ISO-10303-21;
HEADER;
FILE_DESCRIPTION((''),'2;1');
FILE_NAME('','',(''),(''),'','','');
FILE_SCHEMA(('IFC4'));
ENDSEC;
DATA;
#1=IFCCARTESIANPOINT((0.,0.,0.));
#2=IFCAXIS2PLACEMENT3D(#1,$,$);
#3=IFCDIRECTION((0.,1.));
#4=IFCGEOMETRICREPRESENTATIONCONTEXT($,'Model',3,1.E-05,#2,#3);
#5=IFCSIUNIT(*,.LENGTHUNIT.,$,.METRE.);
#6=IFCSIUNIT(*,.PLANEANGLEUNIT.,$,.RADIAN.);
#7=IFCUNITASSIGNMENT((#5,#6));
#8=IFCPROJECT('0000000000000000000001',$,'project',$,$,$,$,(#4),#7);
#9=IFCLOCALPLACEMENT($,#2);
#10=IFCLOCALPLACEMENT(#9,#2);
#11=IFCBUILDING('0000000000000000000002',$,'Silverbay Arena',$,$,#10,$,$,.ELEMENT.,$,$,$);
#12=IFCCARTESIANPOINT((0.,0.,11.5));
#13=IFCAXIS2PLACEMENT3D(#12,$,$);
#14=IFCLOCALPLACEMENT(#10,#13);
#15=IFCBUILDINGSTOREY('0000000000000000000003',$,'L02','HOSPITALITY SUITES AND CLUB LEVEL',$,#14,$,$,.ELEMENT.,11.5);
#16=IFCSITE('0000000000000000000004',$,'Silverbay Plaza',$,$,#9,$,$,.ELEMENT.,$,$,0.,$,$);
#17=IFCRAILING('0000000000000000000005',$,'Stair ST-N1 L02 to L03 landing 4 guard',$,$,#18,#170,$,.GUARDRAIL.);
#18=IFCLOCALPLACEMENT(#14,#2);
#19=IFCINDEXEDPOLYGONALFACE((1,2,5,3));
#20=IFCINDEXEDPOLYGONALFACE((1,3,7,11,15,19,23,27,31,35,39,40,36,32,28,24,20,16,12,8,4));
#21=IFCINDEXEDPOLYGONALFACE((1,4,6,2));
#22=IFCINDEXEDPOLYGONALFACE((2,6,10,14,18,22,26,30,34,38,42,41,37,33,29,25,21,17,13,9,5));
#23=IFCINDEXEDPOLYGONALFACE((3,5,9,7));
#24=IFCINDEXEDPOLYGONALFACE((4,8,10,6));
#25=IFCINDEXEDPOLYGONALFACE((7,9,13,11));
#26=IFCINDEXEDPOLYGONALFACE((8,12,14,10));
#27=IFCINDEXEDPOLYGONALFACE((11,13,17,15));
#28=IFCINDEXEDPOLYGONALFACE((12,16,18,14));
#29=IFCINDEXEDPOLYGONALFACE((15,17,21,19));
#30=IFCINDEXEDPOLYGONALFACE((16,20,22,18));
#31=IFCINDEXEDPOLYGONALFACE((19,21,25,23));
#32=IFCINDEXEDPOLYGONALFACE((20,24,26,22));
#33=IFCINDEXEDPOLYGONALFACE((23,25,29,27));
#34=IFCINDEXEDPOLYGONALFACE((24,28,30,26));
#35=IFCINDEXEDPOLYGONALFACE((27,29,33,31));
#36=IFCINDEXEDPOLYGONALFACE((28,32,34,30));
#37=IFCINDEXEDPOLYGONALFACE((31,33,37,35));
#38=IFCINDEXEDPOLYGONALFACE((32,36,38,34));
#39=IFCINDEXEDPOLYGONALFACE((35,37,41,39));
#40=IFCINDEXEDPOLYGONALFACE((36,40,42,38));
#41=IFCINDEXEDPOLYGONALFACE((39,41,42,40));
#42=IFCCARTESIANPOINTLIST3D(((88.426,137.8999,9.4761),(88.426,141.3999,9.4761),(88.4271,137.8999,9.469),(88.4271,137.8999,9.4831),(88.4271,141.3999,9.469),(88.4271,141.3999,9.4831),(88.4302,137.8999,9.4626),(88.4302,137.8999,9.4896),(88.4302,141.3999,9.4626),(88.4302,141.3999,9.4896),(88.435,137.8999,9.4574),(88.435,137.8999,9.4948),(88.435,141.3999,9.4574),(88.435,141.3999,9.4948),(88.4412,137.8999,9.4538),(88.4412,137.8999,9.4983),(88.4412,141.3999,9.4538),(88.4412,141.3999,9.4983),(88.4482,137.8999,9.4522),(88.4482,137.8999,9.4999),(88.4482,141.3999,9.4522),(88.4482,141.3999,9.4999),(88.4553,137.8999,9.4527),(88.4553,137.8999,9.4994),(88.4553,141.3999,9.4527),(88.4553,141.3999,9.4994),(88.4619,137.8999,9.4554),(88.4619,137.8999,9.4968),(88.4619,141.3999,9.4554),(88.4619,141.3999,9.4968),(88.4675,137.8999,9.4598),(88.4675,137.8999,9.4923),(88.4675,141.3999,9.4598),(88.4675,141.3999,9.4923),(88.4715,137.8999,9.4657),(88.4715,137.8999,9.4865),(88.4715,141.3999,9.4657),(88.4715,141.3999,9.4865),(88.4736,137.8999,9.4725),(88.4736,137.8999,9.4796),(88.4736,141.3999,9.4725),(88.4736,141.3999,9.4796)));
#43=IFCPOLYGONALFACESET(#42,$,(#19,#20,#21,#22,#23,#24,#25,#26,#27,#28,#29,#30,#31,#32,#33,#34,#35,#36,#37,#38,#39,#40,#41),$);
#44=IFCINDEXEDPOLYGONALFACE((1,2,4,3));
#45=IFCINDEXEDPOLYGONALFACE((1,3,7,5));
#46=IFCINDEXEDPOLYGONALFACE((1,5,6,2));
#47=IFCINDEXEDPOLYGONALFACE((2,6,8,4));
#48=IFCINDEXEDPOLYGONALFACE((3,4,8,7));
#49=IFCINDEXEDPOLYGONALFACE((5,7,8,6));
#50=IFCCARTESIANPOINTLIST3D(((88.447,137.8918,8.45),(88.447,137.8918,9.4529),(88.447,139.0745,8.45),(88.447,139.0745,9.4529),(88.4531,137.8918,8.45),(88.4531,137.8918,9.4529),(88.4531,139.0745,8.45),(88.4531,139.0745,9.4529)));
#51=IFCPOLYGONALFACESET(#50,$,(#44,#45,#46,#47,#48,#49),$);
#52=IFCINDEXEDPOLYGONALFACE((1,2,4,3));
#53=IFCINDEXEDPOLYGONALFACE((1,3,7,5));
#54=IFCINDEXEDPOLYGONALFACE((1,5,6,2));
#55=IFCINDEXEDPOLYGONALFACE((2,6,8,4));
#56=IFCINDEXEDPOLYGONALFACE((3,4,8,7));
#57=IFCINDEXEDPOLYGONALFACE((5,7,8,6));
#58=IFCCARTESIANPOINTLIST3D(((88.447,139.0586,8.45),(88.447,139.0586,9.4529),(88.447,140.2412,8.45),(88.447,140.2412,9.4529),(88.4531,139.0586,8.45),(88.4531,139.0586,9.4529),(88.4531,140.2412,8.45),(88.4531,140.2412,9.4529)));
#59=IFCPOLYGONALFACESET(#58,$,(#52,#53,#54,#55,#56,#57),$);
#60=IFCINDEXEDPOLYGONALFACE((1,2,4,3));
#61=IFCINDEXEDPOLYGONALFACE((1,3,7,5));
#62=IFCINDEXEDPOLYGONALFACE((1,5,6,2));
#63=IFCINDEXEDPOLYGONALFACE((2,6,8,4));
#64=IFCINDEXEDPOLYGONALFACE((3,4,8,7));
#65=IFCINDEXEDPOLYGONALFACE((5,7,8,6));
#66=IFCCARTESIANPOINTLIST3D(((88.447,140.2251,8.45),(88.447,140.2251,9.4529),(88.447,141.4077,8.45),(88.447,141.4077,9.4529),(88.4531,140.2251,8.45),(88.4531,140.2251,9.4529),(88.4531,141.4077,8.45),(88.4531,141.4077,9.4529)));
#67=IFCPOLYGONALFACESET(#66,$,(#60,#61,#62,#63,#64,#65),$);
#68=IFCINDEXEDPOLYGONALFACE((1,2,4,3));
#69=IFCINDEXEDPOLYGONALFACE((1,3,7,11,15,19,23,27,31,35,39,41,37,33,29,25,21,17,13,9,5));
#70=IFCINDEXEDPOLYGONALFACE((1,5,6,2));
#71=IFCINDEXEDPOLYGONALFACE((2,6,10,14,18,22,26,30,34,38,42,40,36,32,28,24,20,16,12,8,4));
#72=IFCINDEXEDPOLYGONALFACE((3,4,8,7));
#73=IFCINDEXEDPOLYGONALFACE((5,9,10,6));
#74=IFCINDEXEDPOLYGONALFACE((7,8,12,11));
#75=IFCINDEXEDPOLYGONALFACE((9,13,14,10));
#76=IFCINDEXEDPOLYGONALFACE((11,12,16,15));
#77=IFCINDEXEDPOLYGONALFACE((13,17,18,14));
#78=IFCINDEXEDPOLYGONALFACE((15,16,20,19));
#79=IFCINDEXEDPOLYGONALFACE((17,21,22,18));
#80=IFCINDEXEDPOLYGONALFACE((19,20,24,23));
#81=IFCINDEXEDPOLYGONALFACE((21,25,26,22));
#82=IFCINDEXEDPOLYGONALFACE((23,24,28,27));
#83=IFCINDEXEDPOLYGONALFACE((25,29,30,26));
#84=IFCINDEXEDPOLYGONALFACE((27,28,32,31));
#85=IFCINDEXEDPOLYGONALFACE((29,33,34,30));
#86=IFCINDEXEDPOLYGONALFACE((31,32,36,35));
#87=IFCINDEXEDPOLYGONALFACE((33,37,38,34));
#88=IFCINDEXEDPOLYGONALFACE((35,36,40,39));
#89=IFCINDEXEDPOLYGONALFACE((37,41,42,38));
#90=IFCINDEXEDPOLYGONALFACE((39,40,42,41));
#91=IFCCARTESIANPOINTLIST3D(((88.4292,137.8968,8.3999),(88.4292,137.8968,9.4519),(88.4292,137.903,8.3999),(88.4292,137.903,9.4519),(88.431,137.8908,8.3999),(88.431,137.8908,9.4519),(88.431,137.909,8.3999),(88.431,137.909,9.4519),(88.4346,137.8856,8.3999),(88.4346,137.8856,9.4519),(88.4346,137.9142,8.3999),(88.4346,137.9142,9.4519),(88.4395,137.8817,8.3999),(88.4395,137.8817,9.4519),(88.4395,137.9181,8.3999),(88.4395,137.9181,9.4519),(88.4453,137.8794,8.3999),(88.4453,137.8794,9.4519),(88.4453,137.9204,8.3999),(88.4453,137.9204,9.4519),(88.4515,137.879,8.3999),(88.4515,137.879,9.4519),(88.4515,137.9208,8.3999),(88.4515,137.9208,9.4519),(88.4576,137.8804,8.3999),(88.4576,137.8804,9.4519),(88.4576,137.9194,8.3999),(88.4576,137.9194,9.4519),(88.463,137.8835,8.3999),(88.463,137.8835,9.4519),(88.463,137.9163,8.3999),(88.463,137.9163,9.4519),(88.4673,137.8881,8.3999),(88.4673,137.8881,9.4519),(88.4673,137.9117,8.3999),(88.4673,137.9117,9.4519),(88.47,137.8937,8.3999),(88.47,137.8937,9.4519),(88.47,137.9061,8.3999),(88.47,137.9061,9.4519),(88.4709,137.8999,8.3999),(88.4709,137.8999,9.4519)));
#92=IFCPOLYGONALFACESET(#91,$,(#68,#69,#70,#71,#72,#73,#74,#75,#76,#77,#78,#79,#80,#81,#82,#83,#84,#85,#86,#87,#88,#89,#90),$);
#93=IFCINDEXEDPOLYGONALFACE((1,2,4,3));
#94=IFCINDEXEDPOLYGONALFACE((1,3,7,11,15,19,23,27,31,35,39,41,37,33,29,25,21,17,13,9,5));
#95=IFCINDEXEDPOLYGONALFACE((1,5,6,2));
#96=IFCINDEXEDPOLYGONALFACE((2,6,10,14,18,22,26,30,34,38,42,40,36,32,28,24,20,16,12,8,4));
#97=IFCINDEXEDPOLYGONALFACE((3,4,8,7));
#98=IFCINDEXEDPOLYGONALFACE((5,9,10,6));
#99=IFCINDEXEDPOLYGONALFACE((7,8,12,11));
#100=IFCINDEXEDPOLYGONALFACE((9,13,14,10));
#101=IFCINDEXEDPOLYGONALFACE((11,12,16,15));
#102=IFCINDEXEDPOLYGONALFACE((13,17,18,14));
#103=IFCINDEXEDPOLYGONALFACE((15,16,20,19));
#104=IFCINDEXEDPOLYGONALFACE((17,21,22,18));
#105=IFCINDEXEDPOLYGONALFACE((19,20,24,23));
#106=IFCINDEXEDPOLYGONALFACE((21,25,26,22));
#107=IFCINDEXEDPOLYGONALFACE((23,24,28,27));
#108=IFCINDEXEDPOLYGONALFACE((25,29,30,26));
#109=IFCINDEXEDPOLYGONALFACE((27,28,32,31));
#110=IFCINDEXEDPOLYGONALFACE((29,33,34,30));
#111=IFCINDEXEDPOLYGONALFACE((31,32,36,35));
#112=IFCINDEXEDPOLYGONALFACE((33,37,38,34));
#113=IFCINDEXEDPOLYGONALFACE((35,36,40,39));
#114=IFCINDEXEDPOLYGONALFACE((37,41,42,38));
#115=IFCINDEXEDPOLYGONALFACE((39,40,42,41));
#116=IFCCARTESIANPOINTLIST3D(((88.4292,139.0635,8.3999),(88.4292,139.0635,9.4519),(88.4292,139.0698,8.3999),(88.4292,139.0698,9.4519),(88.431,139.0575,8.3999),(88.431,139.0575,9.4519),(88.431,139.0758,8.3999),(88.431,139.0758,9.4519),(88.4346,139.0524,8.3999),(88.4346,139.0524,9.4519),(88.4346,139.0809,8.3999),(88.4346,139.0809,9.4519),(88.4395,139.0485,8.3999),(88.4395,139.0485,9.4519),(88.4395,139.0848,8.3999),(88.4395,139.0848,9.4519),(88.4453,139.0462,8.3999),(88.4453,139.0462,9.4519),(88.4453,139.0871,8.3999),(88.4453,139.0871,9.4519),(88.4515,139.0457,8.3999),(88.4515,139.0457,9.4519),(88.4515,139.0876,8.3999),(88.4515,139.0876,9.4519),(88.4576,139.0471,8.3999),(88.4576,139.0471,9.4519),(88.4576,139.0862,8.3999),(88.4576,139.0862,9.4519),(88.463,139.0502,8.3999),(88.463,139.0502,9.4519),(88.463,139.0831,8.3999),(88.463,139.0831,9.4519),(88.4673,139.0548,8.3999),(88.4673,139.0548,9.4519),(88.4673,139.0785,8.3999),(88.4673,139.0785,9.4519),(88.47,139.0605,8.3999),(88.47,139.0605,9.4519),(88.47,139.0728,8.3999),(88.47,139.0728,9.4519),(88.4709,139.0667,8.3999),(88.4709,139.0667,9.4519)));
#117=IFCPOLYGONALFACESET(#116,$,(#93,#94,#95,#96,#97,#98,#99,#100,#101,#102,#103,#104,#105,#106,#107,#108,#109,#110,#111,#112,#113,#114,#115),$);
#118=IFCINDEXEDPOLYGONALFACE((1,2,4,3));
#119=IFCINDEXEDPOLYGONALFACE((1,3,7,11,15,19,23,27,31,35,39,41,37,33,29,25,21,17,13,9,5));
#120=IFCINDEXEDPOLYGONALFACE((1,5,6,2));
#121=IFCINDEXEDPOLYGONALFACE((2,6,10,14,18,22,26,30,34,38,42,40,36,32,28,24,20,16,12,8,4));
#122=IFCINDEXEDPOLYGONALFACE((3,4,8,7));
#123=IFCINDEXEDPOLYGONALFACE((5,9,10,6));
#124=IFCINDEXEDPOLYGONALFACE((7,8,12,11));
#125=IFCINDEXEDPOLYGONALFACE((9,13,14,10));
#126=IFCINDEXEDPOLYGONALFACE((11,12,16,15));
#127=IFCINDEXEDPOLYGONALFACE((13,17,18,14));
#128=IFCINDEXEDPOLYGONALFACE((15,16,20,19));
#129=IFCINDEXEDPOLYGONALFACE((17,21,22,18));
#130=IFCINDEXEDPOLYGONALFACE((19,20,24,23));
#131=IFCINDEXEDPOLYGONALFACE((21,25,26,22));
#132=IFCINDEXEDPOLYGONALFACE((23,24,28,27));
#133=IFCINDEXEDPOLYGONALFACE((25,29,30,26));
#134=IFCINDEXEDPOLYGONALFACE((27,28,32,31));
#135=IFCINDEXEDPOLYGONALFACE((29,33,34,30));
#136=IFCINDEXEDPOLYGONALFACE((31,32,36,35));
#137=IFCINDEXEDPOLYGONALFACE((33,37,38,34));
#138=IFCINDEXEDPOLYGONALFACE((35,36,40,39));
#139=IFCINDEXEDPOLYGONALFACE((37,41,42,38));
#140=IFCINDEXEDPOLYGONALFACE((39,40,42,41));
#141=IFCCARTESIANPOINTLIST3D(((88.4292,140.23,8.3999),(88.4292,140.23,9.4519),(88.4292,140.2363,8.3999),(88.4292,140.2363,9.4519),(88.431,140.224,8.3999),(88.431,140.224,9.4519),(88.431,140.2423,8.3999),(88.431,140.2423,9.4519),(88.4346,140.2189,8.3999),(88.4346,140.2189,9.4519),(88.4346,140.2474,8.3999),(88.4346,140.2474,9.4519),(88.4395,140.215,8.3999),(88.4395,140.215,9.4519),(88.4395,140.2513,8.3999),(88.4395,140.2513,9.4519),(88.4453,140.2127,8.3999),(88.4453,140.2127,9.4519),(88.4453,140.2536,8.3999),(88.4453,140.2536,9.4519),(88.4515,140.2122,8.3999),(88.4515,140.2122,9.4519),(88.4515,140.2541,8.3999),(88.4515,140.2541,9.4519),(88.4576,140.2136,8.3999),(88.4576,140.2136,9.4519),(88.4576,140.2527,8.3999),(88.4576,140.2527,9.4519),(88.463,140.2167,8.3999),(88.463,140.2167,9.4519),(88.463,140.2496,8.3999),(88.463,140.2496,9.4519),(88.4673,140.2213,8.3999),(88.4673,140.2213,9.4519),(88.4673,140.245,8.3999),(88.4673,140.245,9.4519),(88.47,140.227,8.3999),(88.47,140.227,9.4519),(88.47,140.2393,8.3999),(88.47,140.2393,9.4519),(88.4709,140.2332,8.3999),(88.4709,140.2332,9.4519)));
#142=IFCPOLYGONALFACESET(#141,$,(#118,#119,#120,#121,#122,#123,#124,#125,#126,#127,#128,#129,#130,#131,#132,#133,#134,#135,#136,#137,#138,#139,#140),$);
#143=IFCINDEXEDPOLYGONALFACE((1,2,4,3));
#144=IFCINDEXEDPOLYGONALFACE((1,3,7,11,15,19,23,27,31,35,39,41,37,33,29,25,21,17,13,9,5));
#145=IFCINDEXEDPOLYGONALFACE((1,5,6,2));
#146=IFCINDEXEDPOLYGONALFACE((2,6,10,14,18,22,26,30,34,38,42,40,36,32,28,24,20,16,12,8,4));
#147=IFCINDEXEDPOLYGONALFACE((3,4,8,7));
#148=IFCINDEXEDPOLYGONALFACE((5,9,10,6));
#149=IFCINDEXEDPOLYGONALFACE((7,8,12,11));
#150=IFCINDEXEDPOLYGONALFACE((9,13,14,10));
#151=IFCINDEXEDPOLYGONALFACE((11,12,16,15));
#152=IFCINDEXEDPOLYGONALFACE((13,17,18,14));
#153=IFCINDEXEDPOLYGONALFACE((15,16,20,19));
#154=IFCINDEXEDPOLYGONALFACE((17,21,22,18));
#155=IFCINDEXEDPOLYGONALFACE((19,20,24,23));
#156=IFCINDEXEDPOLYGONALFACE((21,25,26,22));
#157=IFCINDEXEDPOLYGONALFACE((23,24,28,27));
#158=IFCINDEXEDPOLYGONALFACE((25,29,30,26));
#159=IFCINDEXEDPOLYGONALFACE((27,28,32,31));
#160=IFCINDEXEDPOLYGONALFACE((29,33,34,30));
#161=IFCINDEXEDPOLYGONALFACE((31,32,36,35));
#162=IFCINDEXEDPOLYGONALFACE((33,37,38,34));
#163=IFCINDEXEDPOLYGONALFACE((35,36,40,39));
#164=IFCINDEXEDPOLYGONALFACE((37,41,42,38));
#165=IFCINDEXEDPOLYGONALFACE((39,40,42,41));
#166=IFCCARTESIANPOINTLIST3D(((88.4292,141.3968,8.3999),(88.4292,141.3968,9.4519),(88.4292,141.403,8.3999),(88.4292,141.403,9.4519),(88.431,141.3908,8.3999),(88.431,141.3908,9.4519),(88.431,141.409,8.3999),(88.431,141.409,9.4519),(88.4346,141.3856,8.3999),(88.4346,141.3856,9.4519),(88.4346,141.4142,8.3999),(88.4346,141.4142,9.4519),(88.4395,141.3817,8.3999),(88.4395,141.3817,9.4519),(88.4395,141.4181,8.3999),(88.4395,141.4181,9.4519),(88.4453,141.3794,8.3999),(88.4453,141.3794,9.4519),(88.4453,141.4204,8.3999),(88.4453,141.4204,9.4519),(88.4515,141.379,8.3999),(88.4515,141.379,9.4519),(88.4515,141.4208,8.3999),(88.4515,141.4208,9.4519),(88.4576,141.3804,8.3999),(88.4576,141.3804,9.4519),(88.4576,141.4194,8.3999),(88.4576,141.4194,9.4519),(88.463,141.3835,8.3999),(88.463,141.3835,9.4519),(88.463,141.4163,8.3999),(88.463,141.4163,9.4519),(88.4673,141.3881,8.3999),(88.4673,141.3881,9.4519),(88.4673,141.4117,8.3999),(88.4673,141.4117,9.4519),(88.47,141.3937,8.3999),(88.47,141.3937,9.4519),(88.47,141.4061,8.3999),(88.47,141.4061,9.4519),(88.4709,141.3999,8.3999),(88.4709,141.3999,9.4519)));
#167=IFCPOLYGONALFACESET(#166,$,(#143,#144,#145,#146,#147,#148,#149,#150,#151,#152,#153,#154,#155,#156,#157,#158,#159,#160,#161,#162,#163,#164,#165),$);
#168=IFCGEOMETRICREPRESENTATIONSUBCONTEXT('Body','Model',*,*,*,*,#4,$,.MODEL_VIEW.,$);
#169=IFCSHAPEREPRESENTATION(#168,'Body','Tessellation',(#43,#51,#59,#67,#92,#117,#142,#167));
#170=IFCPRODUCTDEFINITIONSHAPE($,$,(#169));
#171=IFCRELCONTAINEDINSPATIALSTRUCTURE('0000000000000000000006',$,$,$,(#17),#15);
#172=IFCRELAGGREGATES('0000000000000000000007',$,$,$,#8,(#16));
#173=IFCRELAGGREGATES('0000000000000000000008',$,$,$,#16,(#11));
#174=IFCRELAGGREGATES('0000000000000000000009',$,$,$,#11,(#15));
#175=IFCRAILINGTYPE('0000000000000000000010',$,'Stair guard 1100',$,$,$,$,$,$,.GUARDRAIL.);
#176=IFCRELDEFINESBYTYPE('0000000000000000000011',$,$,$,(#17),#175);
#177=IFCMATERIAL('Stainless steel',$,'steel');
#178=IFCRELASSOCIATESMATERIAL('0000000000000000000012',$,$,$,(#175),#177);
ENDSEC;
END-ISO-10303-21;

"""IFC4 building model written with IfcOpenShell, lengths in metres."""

from ifc_helpers import new_model, si_unit, direction, frame, origin, origin_2d, place, context, subcontext, project, spatial, polyline, circle, outline, extrude, material, type_object, element, save


model = new_model("IFC4")

# Units and contexts
model_context = context("Model", 3, precision=1e-05, world=origin(), true_north=direction((0.0, 1.0)))
body_context = subcontext(model_context, "Body", "Model", "MODEL_VIEW")
ifc_project = project(units=[si_unit("LENGTHUNIT", "METRE"), si_unit("PLANEANGLEUNIT", "RADIAN")], contexts=[model_context])

# Site, building, storey
site_placement = place(None, origin())
site = spatial("IfcSite", under=ifc_project, at=site_placement, Name="Silverbay Plaza", CompositionType="ELEMENT", RefElevation=0.0)
building_placement = place(site_placement, origin())
building = spatial("IfcBuilding", under=site, at=building_placement, Name="Silverbay Arena", CompositionType="ELEMENT")
storey_placement = place(building_placement, frame((0.0, 0.0, 11.5)))
storey = spatial("IfcBuildingStorey", under=building, at=storey_placement, Name="L02", Description="HOSPITALITY SUITES AND CLUB LEVEL", CompositionType="ELEMENT", Elevation=11.5)

# Railing
ifc_material_1 = material(Name="Stainless steel", Category="steel")
railing_type_1 = type_object("IfcRailingType", Name="Stair guard 1100", PredefinedType="GUARDRAIL", material=ifc_material_1)
for number, where, name in (
    (1, (88.45, 137.8999, 8.3999), "Stair ST-N1 L02 to L03 landing 4 guard"),
):
    element("IfcRailing", number, at=place(storey_placement, frame(where)), inside=storey, type_object=railing_type_1, Name=name, PredefinedType="GUARDRAIL", context=body_context, shape_type="SweptSolid", body=[
        extrude(circle(Radius=0.0239, at=origin_2d()), frame((0.0, 0.0, 1.0762), z_axis=(0.0, 1.0, 0.0), x_axis=(-1.0, 0.0, 0.0)), (0.0, 0.0, 1.0), 3.5),
        extrude(outline(polyline([(-0.0081, 0.05), (1.1746, 0.05), (1.1746, 1.053), (-0.0081, 1.053), (-0.0081, 0.05)])), frame((-0.0029, 0.0, 0.0), z_axis=(1.0, 0.0, 0.0), x_axis=(0.0, 1.0, 0.0)), (0.0, 0.0, 1.0), 0.0061),
        extrude(outline(polyline([(-0.0081, 0.05), (1.1746, 0.05), (1.1746, 1.053), (-0.0081, 1.053), (-0.0081, 0.05)])), frame((-0.0029, 1.1667, 0.0), z_axis=(1.0, 0.0, 0.0), x_axis=(0.0, 1.0, 0.0)), (0.0, 0.0, 1.0), 0.0061),
        extrude(outline(polyline([(-0.0081, 0.05), (1.1746, 0.05), (1.1746, 1.053), (-0.0081, 1.053), (-0.0081, 0.05)])), frame((-0.0029, 2.3333, 0.0), z_axis=(1.0, 0.0, 0.0), x_axis=(0.0, 1.0, 0.0)), (0.0, 0.0, 1.0), 0.0061),
        extrude(circle(Radius=0.021, at=origin_2d()), origin(), (0.0, 0.0, 1.0), 1.052),
        extrude(circle(Radius=0.021, at=origin_2d()), frame((0.0, 1.1667, 0.0)), (0.0, 0.0, 1.0), 1.052),
        extrude(circle(Radius=0.021, at=origin_2d()), frame((0.0, 2.3333, 0.0)), (0.0, 0.0, 1.0), 1.052),
        extrude(circle(Radius=0.021, at=origin_2d()), frame((0.0, 3.5, 0.0)), (0.0, 0.0, 1.0), 1.052),
    ])

save(model, "model.ifc")
